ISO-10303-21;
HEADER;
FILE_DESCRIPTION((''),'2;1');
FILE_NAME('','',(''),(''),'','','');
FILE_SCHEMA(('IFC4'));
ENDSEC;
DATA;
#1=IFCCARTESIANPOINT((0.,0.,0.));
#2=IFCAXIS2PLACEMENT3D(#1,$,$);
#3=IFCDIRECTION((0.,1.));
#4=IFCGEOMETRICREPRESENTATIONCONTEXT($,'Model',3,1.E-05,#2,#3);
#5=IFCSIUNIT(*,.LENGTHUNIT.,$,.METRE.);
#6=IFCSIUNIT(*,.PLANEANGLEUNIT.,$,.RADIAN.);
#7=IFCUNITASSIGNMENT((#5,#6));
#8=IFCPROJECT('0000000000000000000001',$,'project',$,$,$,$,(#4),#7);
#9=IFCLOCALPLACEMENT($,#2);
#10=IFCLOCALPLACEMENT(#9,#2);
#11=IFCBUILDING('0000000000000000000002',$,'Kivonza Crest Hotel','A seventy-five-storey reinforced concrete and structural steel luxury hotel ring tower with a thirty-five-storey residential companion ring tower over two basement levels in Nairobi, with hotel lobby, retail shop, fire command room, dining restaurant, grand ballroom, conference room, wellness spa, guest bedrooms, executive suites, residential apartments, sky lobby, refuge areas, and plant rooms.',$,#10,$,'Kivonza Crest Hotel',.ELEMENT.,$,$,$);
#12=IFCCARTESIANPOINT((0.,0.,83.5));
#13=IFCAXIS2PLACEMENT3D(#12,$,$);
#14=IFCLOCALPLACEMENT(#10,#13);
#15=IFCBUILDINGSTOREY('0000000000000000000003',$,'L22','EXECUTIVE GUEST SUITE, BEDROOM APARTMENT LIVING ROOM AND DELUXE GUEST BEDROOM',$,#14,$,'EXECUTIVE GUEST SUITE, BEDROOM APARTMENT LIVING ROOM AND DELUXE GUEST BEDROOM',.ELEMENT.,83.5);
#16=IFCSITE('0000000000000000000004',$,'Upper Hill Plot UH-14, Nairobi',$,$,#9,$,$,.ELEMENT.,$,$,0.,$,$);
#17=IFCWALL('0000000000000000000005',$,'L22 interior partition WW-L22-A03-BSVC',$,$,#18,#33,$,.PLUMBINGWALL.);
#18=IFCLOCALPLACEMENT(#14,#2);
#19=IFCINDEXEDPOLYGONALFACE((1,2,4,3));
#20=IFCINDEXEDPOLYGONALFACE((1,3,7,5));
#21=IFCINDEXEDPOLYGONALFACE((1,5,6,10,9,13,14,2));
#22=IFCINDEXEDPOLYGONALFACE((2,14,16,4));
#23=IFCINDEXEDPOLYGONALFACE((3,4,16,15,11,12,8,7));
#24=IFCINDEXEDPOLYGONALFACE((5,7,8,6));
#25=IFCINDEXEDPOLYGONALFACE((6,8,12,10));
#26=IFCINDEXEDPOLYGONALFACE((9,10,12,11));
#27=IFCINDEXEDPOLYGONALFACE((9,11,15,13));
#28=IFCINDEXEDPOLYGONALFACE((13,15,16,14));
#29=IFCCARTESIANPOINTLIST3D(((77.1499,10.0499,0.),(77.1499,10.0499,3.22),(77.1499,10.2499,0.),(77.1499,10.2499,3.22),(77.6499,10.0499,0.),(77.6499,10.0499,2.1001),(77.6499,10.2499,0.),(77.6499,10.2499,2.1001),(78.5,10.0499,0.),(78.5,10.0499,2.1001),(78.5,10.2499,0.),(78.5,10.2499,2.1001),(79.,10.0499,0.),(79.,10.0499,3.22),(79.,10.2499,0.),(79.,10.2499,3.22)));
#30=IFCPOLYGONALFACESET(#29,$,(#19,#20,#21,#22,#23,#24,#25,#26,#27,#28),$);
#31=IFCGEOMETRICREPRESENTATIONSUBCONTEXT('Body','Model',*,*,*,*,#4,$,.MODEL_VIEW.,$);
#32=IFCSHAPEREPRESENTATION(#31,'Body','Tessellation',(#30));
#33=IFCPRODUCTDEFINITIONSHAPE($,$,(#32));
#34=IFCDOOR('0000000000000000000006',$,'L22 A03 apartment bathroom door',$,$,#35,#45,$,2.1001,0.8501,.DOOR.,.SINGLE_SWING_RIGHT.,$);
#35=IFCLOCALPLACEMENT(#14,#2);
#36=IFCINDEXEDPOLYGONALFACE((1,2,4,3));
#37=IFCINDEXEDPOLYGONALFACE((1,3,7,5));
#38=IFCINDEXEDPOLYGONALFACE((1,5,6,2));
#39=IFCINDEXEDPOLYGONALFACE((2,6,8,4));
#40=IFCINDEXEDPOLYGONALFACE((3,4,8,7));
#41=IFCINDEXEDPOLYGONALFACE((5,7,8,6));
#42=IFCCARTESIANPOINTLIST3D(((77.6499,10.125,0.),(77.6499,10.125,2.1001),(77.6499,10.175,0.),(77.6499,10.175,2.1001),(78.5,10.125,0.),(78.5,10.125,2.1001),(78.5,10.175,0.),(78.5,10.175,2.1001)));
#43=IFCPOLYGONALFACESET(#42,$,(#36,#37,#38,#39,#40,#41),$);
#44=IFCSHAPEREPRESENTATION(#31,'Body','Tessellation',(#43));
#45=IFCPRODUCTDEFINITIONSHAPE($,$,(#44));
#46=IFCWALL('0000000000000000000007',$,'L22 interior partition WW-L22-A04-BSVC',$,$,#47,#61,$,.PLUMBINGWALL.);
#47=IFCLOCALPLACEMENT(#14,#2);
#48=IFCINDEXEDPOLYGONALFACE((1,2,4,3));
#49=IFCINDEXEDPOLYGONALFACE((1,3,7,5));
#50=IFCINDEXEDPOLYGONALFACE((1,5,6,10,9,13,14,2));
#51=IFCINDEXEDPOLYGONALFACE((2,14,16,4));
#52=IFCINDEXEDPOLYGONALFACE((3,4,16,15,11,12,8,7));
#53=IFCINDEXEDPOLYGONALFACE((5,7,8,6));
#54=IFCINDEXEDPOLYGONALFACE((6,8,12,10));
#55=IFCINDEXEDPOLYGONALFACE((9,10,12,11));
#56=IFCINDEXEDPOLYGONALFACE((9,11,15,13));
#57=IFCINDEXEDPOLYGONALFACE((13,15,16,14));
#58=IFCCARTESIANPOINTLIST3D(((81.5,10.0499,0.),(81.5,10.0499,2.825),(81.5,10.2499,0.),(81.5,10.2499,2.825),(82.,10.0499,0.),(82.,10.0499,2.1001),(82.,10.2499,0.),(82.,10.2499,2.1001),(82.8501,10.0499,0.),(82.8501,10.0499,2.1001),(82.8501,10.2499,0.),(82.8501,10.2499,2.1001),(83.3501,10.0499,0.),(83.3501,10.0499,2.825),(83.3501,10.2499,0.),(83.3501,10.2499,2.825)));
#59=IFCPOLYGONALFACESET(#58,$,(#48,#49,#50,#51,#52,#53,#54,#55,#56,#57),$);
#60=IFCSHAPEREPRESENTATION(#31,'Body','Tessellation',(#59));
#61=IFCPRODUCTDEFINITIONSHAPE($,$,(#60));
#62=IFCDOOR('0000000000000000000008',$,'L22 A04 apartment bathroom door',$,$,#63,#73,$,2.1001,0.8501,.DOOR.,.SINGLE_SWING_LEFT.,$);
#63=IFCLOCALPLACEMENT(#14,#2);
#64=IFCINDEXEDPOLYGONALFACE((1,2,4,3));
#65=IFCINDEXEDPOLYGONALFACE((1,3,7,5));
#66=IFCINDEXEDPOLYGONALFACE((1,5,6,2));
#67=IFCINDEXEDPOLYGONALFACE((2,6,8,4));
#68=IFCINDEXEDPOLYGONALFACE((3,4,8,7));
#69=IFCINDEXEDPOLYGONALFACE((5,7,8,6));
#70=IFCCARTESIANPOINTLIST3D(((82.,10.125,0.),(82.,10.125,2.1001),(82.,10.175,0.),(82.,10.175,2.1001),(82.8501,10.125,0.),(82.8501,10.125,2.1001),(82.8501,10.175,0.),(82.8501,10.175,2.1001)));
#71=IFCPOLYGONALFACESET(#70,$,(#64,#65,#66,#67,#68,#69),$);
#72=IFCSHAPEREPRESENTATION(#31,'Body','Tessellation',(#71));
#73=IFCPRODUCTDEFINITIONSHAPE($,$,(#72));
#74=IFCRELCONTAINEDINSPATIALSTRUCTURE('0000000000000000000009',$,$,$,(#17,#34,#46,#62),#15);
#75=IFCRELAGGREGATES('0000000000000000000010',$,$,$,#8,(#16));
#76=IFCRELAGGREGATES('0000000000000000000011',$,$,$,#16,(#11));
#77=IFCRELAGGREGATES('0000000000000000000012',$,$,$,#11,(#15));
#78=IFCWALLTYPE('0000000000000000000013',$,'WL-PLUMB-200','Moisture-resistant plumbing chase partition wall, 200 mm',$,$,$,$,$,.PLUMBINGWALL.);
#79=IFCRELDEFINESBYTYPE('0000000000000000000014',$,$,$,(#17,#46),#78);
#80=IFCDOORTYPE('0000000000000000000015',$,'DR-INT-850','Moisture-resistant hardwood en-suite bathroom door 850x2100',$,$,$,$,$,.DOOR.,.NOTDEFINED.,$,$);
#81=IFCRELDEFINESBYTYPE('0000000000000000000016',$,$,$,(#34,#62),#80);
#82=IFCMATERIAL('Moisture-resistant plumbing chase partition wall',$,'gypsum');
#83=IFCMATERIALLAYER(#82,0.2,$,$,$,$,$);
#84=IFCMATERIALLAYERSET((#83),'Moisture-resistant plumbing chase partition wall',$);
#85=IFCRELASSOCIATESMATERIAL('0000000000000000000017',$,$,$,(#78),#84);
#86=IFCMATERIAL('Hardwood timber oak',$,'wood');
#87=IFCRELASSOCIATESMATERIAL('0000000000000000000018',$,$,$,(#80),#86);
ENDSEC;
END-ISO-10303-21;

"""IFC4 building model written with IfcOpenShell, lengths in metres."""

from ifc_helpers import new_model, si_unit, direction, frame, frame_2d, origin, place, context, subcontext, project, spatial, rectangle, extrude, material, layer, layer_set, type_object, element, fill, save


model = new_model("IFC4")

# Units and contexts
model_context = context("Model", 3, precision=1e-05, world=origin(), true_north=direction((0.0, 1.0)))
body_context = subcontext(model_context, "Body", "Model", "MODEL_VIEW")
ifc_project = project(units=[si_unit("LENGTHUNIT", "METRE"), si_unit("PLANEANGLEUNIT", "RADIAN")], contexts=[model_context])

# Site, building, storey
site_placement = place(None, origin())
site = spatial("IfcSite", under=ifc_project, at=site_placement, Name="Upper Hill Plot UH-14, Nairobi", CompositionType="ELEMENT", RefElevation=0.0)
building_placement = place(site_placement, origin())
building = spatial("IfcBuilding", under=site, at=building_placement, Name="Kivonza Crest Hotel", Description="A seventy-five-storey reinforced concrete and structural steel luxury hotel ring tower with a thirty-five-storey residential companion ring tower over two basement levels in Nairobi, with hotel lobby, retail shop, fire command room, dining restaurant, grand ballroom, conference room, wellness spa, guest bedrooms, executive suites, residential apartments, sky lobby, refuge areas, and plant rooms.", LongName="Kivonza Crest Hotel", CompositionType="ELEMENT")
storey_placement = place(building_placement, frame((0.0, 0.0, 83.5)))
storey = spatial("IfcBuildingStorey", under=building, at=storey_placement, Name="L22", Description="EXECUTIVE GUEST SUITE, BEDROOM APARTMENT LIVING ROOM AND DELUXE GUEST BEDROOM", LongName="EXECUTIVE GUEST SUITE, BEDROOM APARTMENT LIVING ROOM AND DELUXE GUEST BEDROOM", CompositionType="ELEMENT", Elevation=83.5)

# Walls, openings, doors
ifc_material_1 = material(Name="Hardwood timber oak", Category="wood")
ifc_material_2 = material(Name="Moisture-resistant plumbing chase partition wall", Category="gypsum")
ifc_layer_1 = layer(ifc_material_2, 0.2)
ifc_layer_set_1 = layer_set([ifc_layer_1], Name="Moisture-resistant plumbing chase partition wall")
wall_type_1 = type_object("IfcWallType", Name="WL-PLUMB-200", Description="Moisture-resistant plumbing chase partition wall, 200 mm", PredefinedType="PLUMBINGWALL", material=ifc_layer_set_1)
wall_1_placement = place(storey_placement, frame((77.1499, 10.1499, 0.0), z_axis=(0.0, 0.0, 1.0), x_axis=(1.0, 0.0, 0.0)))
wall_1 = element("IfcWall", 1, at=wall_1_placement, inside=storey, type_object=wall_type_1, Name="L22 interior partition WW-L22-A03-BSVC", PredefinedType="PLUMBINGWALL", context=body_context, shape_type="SweptSolid", body=[
    extrude(rectangle(XDim=1.8501, YDim=0.2, at=frame_2d((0.925, 0.0))), origin(), (0.0, 0.0, 1.0), 3.22),
])
opening_1_placement = place(wall_1_placement, frame((0.5, 0.0, 0.0)))
opening_1 = element("IfcOpeningElement", 2, at=opening_1_placement, cuts=wall_1, PredefinedType="OPENING", context=body_context, shape_type="SweptSolid", body=[
    extrude(rectangle(XDim=0.8501, YDim=2.1001, at=frame_2d((0.425, 1.05))), frame((0.0, 0.1099, 0.0), z_axis=(0.0, -1.0, 0.0), x_axis=(1.0, 0.0, 0.0)), (0.0, 0.0, 1.0), 0.22),
])
door_type_1 = type_object("IfcDoorType", Name="DR-INT-850", Description="Moisture-resistant hardwood en-suite bathroom door 850x2100", OperationType="NOTDEFINED", PredefinedType="DOOR", material=ifc_material_1)
door_1_placement = place(opening_1_placement, frame((0.8501, 0.0, 0.0), z_axis=(0.0, 0.0, 1.0), x_axis=(-1.0, 0.0, 0.0)))
door_1 = element("IfcDoor", 3, at=door_1_placement, inside=storey, type_object=door_type_1, Name="L22 A03 apartment bathroom door", OperationType="SINGLE_SWING_RIGHT", OverallHeight=2.1001, OverallWidth=0.8501, PredefinedType="DOOR", context=body_context, shape_type="SweptSolid", body=[
    extrude(rectangle(XDim=0.8501, YDim=2.1001, at=frame_2d((0.425, 1.05))), frame((0.0, 0.0249, 0.0), z_axis=(0.0, -1.0, 0.0), x_axis=(1.0, 0.0, 0.0)), (0.0, 0.0, 1.0), 0.05),
])
fill(opening_1, door_1)
wall_2_placement = place(storey_placement, frame((81.5, 10.1499, 0.0), z_axis=(0.0, 0.0, 1.0), x_axis=(1.0, 0.0, 0.0)))
wall_2 = element("IfcWall", 4, at=wall_2_placement, inside=storey, type_object=wall_type_1, Name="L22 interior partition WW-L22-A04-BSVC", PredefinedType="PLUMBINGWALL", context=body_context, shape_type="SweptSolid", body=[
    extrude(rectangle(XDim=1.8501, YDim=0.2, at=frame_2d((0.925, 0.0))), origin(), (0.0, 0.0, 1.0), 2.825),
])
opening_2_placement = place(wall_2_placement, frame((0.5, 0.0, 0.0)))
opening_2 = element("IfcOpeningElement", 5, at=opening_2_placement, cuts=wall_2, PredefinedType="OPENING", context=body_context, shape_type="SweptSolid", body=[
    extrude(rectangle(XDim=0.8501, YDim=2.1001, at=frame_2d((0.425, 1.05))), frame((0.0, 0.1099, 0.0), z_axis=(0.0, -1.0, 0.0), x_axis=(1.0, 0.0, 0.0)), (0.0, 0.0, 1.0), 0.22),
])
door_2_placement = place(opening_2_placement, frame((0.8501, 0.0, 0.0), z_axis=(0.0, 0.0, 1.0), x_axis=(-1.0, 0.0, 0.0)))
door_2 = element("IfcDoor", 6, at=door_2_placement, inside=storey, type_object=door_type_1, Name="L22 A04 apartment bathroom door", OperationType="SINGLE_SWING_LEFT", OverallHeight=2.1001, OverallWidth=0.8501, PredefinedType="DOOR", context=body_context, shape_type="SweptSolid", body=[
    extrude(rectangle(XDim=0.8501, YDim=2.1001, at=frame_2d((0.425, 1.05))), frame((0.0, 0.0249, 0.0), z_axis=(0.0, -1.0, 0.0), x_axis=(1.0, 0.0, 0.0)), (0.0, 0.0, 1.0), 0.05),
])
fill(opening_2, door_2)

save(model, "model.ifc")
